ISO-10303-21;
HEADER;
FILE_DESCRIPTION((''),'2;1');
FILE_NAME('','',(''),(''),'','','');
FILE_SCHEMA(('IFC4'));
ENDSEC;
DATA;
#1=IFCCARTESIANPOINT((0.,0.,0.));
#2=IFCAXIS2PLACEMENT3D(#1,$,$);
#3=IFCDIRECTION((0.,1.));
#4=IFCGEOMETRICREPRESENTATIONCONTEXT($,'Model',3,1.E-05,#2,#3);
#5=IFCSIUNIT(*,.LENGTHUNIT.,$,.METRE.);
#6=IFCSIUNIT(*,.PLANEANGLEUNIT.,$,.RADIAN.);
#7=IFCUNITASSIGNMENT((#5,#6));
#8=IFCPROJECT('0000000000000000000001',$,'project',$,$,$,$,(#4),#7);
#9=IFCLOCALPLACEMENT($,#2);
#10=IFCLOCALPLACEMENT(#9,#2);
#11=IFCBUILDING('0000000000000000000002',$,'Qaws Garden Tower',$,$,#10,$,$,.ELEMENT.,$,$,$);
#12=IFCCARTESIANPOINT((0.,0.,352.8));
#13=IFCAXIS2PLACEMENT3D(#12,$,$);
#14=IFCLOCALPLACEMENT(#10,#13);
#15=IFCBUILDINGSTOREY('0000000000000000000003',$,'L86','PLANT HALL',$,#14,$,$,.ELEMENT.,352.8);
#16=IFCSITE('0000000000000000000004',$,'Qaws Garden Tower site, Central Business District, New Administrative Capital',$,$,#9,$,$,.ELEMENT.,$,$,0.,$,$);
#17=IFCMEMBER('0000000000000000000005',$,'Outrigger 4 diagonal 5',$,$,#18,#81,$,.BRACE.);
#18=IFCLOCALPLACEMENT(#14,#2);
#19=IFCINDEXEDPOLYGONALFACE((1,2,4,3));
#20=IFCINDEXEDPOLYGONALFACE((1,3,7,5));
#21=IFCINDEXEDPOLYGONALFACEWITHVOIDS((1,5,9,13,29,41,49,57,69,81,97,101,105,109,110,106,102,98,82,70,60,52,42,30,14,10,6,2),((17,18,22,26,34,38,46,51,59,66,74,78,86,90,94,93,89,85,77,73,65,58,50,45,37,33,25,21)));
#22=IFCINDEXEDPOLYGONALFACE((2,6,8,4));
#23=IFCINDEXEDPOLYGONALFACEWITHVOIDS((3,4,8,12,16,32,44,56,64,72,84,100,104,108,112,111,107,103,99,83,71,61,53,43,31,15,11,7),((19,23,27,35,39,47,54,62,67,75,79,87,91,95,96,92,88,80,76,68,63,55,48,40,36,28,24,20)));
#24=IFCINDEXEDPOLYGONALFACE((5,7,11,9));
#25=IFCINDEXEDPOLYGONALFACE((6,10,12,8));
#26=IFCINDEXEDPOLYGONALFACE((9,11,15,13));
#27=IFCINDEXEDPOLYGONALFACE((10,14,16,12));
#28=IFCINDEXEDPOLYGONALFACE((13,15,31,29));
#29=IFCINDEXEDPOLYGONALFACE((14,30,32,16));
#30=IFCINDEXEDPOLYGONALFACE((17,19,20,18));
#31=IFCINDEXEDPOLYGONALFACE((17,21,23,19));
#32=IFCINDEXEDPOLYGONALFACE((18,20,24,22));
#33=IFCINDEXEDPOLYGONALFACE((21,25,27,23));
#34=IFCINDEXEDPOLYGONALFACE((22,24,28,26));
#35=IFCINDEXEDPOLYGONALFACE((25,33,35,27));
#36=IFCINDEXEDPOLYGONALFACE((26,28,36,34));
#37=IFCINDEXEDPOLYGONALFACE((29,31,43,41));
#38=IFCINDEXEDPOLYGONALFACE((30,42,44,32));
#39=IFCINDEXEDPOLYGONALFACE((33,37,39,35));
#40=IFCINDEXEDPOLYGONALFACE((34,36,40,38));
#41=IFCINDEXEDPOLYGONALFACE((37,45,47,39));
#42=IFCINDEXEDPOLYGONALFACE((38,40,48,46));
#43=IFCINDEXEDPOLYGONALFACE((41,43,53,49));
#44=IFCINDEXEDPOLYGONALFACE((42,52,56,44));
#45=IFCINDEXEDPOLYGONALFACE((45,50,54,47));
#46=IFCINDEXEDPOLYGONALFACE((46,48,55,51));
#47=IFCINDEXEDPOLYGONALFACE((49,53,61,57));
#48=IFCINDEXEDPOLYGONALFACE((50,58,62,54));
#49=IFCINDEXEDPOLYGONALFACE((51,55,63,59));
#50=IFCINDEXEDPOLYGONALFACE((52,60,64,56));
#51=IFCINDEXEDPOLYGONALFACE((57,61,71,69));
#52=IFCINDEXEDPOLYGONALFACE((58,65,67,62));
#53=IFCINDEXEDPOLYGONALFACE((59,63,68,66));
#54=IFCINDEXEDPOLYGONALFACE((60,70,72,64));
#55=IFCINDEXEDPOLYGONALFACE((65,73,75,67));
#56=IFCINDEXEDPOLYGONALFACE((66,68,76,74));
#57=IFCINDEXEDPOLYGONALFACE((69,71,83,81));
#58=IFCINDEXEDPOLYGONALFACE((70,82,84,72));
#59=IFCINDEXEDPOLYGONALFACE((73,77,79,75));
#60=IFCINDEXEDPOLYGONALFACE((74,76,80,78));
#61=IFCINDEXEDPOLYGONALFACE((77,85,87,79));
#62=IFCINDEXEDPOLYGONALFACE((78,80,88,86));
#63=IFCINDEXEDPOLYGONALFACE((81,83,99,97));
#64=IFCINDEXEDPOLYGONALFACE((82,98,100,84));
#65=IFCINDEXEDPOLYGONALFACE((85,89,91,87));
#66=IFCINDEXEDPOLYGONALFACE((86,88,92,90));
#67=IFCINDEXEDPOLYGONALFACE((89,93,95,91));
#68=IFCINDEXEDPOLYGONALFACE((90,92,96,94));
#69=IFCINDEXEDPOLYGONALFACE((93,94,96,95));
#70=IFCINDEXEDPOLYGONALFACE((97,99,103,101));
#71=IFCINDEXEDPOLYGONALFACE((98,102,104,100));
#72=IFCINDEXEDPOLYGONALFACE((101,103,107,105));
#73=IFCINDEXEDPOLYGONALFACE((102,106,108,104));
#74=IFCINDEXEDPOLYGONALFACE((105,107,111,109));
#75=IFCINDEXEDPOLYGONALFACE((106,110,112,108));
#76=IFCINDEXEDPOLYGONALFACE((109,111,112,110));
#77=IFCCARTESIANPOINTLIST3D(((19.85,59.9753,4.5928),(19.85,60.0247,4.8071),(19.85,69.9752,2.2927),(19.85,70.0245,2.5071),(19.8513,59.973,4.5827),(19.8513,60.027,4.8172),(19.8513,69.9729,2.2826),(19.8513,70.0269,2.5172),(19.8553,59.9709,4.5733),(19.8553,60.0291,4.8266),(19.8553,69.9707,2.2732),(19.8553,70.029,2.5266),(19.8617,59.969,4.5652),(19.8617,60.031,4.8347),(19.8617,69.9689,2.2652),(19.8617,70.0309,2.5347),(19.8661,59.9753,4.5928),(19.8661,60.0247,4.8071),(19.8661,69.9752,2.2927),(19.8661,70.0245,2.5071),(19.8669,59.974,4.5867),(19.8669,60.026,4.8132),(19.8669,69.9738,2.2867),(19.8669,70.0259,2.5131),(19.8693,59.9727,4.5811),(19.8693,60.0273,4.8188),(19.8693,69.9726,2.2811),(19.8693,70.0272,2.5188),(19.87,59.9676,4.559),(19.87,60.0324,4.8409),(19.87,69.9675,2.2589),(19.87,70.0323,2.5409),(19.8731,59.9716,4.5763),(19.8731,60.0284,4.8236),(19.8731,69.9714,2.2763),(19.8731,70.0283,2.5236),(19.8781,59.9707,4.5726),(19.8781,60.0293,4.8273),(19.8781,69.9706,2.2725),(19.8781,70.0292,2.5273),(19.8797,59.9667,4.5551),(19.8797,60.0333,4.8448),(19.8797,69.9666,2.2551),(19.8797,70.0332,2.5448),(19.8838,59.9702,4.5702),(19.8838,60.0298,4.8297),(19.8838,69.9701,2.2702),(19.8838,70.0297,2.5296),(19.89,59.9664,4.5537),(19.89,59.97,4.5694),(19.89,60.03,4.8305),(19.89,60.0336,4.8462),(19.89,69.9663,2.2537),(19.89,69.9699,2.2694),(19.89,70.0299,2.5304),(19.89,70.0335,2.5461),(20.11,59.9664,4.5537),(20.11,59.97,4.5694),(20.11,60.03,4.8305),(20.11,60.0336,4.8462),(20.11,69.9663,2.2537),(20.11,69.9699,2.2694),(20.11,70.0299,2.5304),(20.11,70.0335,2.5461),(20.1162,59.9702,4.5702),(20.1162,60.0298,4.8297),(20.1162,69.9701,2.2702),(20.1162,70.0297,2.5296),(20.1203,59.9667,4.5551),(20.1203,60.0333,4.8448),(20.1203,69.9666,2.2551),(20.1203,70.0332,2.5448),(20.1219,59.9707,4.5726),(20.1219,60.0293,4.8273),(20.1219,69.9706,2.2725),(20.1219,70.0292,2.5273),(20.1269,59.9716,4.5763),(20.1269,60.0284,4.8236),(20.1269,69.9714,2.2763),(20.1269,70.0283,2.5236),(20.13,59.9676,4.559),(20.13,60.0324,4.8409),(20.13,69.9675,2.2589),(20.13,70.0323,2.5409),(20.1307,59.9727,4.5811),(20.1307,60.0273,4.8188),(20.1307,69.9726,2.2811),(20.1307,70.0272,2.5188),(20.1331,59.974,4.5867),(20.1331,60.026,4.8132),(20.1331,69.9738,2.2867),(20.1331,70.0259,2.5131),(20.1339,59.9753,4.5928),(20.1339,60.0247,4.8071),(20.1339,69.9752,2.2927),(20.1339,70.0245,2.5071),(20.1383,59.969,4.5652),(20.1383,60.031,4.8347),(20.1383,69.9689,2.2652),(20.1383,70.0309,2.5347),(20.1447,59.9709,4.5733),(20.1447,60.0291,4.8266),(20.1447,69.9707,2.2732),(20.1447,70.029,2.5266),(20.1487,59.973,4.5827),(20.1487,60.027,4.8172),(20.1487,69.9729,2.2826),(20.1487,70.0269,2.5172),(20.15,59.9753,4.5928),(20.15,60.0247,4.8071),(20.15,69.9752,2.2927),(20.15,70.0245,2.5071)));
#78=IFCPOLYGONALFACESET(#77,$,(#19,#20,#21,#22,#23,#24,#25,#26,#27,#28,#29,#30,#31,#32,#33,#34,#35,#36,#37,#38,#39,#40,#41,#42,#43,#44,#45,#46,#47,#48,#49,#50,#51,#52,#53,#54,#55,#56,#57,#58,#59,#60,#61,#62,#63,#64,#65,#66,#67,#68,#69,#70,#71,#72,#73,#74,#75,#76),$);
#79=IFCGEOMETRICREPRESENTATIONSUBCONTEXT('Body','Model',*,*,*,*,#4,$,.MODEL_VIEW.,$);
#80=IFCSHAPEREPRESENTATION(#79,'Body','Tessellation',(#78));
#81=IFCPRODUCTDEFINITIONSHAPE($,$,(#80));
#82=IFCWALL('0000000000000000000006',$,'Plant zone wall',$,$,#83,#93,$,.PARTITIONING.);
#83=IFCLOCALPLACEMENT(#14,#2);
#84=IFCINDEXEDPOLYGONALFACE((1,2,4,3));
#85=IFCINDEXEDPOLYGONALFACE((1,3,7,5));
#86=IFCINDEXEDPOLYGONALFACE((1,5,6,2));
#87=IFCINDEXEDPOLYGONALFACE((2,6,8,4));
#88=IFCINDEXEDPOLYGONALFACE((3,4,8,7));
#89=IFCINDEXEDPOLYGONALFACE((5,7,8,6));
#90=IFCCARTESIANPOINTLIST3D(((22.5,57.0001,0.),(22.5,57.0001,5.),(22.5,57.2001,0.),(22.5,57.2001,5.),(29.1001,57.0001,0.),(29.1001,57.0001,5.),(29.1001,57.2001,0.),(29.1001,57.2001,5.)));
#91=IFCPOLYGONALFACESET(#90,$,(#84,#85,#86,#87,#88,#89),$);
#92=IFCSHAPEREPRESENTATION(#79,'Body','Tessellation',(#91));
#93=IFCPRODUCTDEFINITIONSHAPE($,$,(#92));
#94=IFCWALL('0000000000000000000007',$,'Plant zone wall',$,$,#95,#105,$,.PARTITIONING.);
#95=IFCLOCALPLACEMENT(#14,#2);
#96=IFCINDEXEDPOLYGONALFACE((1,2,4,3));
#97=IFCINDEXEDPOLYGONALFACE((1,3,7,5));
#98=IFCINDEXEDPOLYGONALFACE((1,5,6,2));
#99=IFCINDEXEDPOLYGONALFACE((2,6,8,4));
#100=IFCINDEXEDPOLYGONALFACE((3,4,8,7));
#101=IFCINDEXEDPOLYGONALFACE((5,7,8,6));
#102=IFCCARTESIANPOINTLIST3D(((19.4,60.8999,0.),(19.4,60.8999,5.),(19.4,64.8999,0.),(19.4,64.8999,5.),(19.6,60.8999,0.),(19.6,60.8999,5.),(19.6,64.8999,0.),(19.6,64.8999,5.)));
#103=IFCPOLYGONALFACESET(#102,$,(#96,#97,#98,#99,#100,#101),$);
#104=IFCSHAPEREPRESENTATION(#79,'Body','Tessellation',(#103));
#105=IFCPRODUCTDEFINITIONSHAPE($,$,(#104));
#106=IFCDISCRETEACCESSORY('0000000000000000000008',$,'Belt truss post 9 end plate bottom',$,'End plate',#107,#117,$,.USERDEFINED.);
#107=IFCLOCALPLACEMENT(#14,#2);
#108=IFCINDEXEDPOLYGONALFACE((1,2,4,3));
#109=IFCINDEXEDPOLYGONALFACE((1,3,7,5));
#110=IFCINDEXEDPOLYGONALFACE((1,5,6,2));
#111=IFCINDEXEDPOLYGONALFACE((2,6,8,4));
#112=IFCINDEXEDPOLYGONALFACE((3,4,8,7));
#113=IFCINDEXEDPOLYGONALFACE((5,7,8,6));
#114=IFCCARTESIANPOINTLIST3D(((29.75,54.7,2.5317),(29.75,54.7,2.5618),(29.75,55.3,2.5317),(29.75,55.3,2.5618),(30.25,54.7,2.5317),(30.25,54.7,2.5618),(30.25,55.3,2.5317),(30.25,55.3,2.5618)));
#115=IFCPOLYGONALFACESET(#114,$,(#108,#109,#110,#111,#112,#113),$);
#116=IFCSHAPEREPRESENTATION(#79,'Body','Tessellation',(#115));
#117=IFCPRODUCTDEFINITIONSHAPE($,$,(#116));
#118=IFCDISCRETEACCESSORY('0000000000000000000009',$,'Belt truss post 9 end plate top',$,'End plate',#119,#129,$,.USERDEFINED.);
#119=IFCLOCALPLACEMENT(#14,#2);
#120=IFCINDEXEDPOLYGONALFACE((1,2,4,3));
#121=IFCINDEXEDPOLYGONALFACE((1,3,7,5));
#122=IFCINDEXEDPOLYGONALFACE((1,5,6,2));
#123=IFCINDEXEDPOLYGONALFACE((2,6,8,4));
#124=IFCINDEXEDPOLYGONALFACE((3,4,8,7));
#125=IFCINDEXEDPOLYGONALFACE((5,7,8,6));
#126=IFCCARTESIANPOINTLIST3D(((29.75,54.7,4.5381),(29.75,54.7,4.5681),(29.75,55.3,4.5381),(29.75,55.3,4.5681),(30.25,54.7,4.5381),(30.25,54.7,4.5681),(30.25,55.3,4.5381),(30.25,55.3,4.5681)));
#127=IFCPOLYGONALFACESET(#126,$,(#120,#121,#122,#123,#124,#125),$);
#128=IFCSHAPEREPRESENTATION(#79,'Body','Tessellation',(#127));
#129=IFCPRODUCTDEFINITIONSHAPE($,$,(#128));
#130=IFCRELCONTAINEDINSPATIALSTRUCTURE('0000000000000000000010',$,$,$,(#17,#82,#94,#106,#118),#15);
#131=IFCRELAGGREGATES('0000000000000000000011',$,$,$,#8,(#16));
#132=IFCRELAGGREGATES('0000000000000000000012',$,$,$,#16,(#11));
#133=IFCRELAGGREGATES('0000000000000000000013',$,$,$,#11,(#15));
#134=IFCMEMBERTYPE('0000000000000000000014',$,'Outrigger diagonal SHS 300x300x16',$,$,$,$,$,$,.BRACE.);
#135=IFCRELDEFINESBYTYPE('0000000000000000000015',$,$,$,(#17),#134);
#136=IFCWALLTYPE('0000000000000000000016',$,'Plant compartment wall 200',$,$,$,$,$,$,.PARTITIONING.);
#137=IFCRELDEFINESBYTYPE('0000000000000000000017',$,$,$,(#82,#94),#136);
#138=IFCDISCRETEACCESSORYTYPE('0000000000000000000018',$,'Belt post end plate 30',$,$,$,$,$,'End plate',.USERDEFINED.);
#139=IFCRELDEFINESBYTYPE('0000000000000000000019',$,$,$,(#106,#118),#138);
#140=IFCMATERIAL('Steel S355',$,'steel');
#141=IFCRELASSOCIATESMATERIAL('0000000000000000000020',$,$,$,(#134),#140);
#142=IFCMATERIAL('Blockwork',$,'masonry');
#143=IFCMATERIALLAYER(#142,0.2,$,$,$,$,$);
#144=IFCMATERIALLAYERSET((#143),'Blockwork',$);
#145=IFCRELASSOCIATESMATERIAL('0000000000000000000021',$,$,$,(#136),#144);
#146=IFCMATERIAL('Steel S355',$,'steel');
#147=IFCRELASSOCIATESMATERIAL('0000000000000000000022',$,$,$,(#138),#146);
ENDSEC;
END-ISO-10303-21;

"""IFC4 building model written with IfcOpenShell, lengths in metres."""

from ifc_helpers import new_model, si_unit, direction, frame, frame_2d, origin, origin_2d, place, context, subcontext, project, spatial, rectangle, hollow_rectangle, extrude, material, layer, layer_set, material_profile, profile_set, type_object, element, save


model = new_model("IFC4")

# Units and contexts
model_context = context("Model", 3, precision=1e-05, world=origin(), true_north=direction((0.0, 1.0)))
body_context = subcontext(model_context, "Body", "Model", "MODEL_VIEW")
ifc_project = project(units=[si_unit("LENGTHUNIT", "METRE"), si_unit("PLANEANGLEUNIT", "RADIAN")], contexts=[model_context])

# Site, building, storey
site_placement = place(None, origin())
site = spatial("IfcSite", under=ifc_project, at=site_placement, Name="Qaws Garden Tower site, Central Business District, New Administrative Capital", CompositionType="ELEMENT", RefElevation=0.0)
building_placement = place(site_placement, origin())
building = spatial("IfcBuilding", under=site, at=building_placement, Name="Qaws Garden Tower", CompositionType="ELEMENT")
storey_placement = place(building_placement, frame((0.0, 0.0, 352.8)))
storey = spatial("IfcBuildingStorey", under=building, at=storey_placement, Name="L86", Description="PLANT HALL", CompositionType="ELEMENT", Elevation=352.8)

# Member
ifc_material_1 = material(Name="Steel S355", Category="steel")
ifc_material_profile_1 = material_profile(ifc_material_1, hollow_rectangle(XDim=0.3, YDim=0.3, WallThickness=0.0161, InnerFilletRadius=0.0239, OuterFilletRadius=0.04, at=origin_2d()), Name="SHS 300x300x16")
ifc_profile_set_1 = profile_set([ifc_material_profile_1], Name="Steel S355")
member_type_1 = type_object("IfcMemberType", Name="Outrigger diagonal SHS 300x300x16", PredefinedType="BRACE", material=ifc_profile_set_1)
member_1_placement = place(storey_placement, frame((20.0, 60.0, 4.7), z_axis=(0.0, 0.974554, -0.224152), x_axis=(-1.0, 0.0, 0.0)))
element("IfcMember", 1, at=member_1_placement, inside=storey, type_object=member_type_1, Name="Outrigger 4 diagonal 5", PredefinedType="BRACE", context=body_context, shape_type="SweptSolid", body=[
    extrude(hollow_rectangle(XDim=0.3, YDim=0.3, WallThickness=0.0161, InnerFilletRadius=0.0239, OuterFilletRadius=0.04, at=origin_2d()), origin(), (0.0, 0.0, 1.0), 10.261),
])

# Walls
ifc_material_2 = material(Name="Blockwork", Category="masonry")
ifc_layer_1 = layer(ifc_material_2, 0.2)
ifc_layer_set_1 = layer_set([ifc_layer_1], Name="Blockwork")
wall_type = type_object("IfcWallType", Name="Plant compartment wall 200", PredefinedType="PARTITIONING", material=ifc_layer_set_1)
wall_1_placement = place(storey_placement, frame((22.5, 57.1001, 0.0), z_axis=(0.0, 0.0, 1.0), x_axis=(1.0, 0.0, 0.0)))
element("IfcWall", 2, at=wall_1_placement, inside=storey, type_object=wall_type, Name="Plant zone wall", PredefinedType="PARTITIONING", context=body_context, shape_type="SweptSolid", body=[
    extrude(rectangle(XDim=6.6001, YDim=0.2, at=frame_2d((3.3, 0.0))), origin(), (0.0, 0.0, 1.0), 5.0),
])
wall_2_placement = place(storey_placement, frame((19.5, 60.8999, 0.0), z_axis=(0.0, 0.0, 1.0), x_axis=(0.0, 1.0, 0.0)))
element("IfcWall", 3, at=wall_2_placement, inside=storey, type_object=wall_type, Name="Plant zone wall", PredefinedType="PARTITIONING", context=body_context, shape_type="SweptSolid", body=[
    extrude(rectangle(XDim=4.0, YDim=0.2, at=frame_2d((2.0, 0.0))), origin(), (0.0, 0.0, 1.0), 5.0),
])

# Discrete accessories
ifc_material_3 = material(Name="Steel S355", Category="steel")
discrete_accessory_type = type_object("IfcDiscreteAccessoryType", Name="Belt post end plate 30", ElementType="End plate", PredefinedType="USERDEFINED", material=ifc_material_3)
for number, where, z_axis, x_axis, name in (
    (4, (30.0, 55.0, 2.5317), (0.0, 0.0, 1.0), (1.0, 0.0, 0.0), "Belt truss post 9 end plate bottom"),
    (5, (30.0, 55.0, 4.5381), (0.0, 0.0, 1.0), (1.0, 0.0, 0.0), "Belt truss post 9 end plate top"),
):
    element("IfcDiscreteAccessory", number, at=place(storey_placement, frame(where, z_axis=z_axis, x_axis=x_axis)), inside=storey, type_object=discrete_accessory_type, Name=name, ObjectType="End plate", PredefinedType="USERDEFINED", context=body_context, shape_type="SweptSolid", body=[
        extrude(rectangle(XDim=0.5, YDim=0.6001, at=origin_2d()), origin(), (0.0, 0.0, 1.0), 0.03),
    ])

save(model, "model.ifc")
